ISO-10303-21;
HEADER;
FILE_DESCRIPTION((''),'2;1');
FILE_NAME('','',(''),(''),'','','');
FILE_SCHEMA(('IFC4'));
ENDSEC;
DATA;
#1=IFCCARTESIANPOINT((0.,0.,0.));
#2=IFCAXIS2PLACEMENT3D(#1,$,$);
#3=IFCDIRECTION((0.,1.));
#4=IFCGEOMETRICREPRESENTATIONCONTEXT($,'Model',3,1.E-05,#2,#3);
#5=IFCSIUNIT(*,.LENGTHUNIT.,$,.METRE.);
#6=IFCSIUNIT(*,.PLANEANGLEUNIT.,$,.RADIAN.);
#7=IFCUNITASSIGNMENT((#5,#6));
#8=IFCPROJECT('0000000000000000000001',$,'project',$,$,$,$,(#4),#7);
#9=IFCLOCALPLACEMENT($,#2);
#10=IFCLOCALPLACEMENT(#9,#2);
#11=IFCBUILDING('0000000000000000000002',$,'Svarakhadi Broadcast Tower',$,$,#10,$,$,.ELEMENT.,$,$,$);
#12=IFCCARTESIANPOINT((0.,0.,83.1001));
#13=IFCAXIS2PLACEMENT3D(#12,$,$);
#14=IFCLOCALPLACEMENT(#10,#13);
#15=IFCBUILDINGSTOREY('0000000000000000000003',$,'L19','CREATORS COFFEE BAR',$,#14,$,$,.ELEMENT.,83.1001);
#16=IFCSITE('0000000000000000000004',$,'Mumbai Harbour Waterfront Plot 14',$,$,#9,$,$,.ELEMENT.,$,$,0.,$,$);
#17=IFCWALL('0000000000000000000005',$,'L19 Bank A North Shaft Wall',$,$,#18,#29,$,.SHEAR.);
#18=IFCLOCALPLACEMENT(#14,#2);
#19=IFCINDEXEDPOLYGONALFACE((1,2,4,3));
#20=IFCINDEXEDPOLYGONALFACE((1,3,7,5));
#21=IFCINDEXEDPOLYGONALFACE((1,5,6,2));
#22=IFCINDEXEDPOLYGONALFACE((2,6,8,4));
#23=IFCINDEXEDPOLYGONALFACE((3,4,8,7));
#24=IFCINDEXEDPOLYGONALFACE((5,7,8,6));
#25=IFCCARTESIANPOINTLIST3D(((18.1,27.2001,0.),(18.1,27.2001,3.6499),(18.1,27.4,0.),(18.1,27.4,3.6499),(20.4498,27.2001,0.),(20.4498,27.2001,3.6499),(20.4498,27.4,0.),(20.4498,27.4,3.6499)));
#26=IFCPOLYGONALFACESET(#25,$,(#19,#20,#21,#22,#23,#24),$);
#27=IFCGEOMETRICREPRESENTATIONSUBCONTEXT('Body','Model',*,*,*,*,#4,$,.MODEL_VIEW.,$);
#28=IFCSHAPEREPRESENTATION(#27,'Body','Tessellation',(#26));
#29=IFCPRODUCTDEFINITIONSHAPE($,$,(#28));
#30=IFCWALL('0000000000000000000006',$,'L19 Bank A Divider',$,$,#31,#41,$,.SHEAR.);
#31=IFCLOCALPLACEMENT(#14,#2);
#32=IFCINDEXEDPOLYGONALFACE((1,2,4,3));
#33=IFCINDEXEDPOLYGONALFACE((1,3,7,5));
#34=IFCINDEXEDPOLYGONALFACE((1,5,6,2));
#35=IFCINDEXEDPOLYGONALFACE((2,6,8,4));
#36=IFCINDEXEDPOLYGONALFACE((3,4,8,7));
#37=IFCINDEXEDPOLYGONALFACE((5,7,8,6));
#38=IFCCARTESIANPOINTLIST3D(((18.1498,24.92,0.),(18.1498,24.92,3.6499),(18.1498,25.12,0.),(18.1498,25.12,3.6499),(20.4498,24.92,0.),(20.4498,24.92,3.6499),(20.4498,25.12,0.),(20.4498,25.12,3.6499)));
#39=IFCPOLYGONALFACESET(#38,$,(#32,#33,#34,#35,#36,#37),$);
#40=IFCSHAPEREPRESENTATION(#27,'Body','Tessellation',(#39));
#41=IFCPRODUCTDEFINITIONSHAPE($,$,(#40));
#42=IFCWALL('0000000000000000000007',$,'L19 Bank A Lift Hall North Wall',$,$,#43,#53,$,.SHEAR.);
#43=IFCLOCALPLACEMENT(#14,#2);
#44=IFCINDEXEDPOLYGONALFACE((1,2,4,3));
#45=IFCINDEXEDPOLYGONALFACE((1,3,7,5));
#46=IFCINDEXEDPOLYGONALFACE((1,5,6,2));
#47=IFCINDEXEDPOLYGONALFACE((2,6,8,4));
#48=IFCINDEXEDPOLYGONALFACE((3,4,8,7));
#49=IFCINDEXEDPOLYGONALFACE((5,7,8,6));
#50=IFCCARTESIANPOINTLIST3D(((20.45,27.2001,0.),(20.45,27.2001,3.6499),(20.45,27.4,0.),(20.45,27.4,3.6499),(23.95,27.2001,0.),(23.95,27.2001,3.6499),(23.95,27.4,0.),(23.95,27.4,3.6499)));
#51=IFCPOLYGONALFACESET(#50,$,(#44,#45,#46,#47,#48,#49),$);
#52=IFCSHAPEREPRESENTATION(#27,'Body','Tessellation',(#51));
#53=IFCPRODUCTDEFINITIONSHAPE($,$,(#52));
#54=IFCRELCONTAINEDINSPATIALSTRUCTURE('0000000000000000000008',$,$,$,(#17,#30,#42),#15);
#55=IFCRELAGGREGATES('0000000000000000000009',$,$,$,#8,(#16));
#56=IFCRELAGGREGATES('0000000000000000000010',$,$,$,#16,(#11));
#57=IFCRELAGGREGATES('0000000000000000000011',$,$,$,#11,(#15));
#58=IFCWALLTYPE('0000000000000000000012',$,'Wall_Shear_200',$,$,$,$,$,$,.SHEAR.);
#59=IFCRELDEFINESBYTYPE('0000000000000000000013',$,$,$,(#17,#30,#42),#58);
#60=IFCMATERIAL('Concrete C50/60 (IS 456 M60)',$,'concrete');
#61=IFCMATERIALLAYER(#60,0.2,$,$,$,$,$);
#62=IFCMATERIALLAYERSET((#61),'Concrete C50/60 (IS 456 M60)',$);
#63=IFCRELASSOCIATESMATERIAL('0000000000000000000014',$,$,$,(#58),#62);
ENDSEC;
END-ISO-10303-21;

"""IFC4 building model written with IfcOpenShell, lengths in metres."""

from ifc_helpers import new_model, si_unit, direction, frame, frame_2d, origin, place, context, subcontext, project, spatial, rectangle, extrude, material, layer, layer_set, type_object, element, save


model = new_model("IFC4")

# Units and contexts
model_context = context("Model", 3, precision=1e-05, world=origin(), true_north=direction((0.0, 1.0)))
body_context = subcontext(model_context, "Body", "Model", "MODEL_VIEW")
ifc_project = project(units=[si_unit("LENGTHUNIT", "METRE"), si_unit("PLANEANGLEUNIT", "RADIAN")], contexts=[model_context])

# Site, building, storey
site_placement = place(None, origin())
site = spatial("IfcSite", under=ifc_project, at=site_placement, Name="Mumbai Harbour Waterfront Plot 14", CompositionType="ELEMENT", RefElevation=0.0)
building_placement = place(site_placement, origin())
building = spatial("IfcBuilding", under=site, at=building_placement, Name="Svarakhadi Broadcast Tower", CompositionType="ELEMENT")
storey_placement = place(building_placement, frame((0.0, 0.0, 83.1001)))
storey = spatial("IfcBuildingStorey", under=building, at=storey_placement, Name="L19", Description="CREATORS COFFEE BAR", CompositionType="ELEMENT", Elevation=83.1001)

# Walls
ifc_material_1 = material(Name="Concrete C50/60 (IS 456 M60)", Category="concrete")
ifc_layer_1 = layer(ifc_material_1, 0.2)
ifc_layer_set_1 = layer_set([ifc_layer_1], Name="Concrete C50/60 (IS 456 M60)")
wall_type_1 = type_object("IfcWallType", Name="Wall_Shear_200", PredefinedType="SHEAR", material=ifc_layer_set_1)
wall_1_placement = place(storey_placement, frame((18.1001, 27.3, 0.0), z_axis=(0.0, 0.0, 1.0), x_axis=(1.0, 0.0, 0.0)))
element("IfcWall", 1, at=wall_1_placement, inside=storey, type_object=wall_type_1, Name="L19 Bank A North Shaft Wall", PredefinedType="SHEAR", context=body_context, shape_type="SweptSolid", body=[
    extrude(rectangle(XDim=2.3499, YDim=0.2, at=frame_2d((1.1748, 0.0))), origin(), (0.0, 0.0, 1.0), 3.6499),
])
wall_2_placement = place(storey_placement, frame((18.1499, 25.02, 0.0), z_axis=(0.0, 0.0, 1.0), x_axis=(1.0, 0.0, 0.0)))
element("IfcWall", 2, at=wall_2_placement, inside=storey, type_object=wall_type_1, Name="L19 Bank A Divider", PredefinedType="SHEAR", context=body_context, shape_type="SweptSolid", body=[
    extrude(rectangle(XDim=2.3, YDim=0.2, at=frame_2d((1.1499, 0.0))), origin(), (0.0, 0.0, 1.0), 3.6499),
])
wall_3_placement = place(storey_placement, frame((20.45, 27.3, 0.0), z_axis=(0.0, 0.0, 1.0), x_axis=(1.0, 0.0, 0.0)))
element("IfcWall", 3, at=wall_3_placement, inside=storey, type_object=wall_type_1, Name="L19 Bank A Lift Hall North Wall", PredefinedType="SHEAR", context=body_context, shape_type="SweptSolid", body=[
    extrude(rectangle(XDim=3.5, YDim=0.2, at=frame_2d((1.75, 0.0))), origin(), (0.0, 0.0, 1.0), 3.6499),
])

save(model, "model.ifc")
